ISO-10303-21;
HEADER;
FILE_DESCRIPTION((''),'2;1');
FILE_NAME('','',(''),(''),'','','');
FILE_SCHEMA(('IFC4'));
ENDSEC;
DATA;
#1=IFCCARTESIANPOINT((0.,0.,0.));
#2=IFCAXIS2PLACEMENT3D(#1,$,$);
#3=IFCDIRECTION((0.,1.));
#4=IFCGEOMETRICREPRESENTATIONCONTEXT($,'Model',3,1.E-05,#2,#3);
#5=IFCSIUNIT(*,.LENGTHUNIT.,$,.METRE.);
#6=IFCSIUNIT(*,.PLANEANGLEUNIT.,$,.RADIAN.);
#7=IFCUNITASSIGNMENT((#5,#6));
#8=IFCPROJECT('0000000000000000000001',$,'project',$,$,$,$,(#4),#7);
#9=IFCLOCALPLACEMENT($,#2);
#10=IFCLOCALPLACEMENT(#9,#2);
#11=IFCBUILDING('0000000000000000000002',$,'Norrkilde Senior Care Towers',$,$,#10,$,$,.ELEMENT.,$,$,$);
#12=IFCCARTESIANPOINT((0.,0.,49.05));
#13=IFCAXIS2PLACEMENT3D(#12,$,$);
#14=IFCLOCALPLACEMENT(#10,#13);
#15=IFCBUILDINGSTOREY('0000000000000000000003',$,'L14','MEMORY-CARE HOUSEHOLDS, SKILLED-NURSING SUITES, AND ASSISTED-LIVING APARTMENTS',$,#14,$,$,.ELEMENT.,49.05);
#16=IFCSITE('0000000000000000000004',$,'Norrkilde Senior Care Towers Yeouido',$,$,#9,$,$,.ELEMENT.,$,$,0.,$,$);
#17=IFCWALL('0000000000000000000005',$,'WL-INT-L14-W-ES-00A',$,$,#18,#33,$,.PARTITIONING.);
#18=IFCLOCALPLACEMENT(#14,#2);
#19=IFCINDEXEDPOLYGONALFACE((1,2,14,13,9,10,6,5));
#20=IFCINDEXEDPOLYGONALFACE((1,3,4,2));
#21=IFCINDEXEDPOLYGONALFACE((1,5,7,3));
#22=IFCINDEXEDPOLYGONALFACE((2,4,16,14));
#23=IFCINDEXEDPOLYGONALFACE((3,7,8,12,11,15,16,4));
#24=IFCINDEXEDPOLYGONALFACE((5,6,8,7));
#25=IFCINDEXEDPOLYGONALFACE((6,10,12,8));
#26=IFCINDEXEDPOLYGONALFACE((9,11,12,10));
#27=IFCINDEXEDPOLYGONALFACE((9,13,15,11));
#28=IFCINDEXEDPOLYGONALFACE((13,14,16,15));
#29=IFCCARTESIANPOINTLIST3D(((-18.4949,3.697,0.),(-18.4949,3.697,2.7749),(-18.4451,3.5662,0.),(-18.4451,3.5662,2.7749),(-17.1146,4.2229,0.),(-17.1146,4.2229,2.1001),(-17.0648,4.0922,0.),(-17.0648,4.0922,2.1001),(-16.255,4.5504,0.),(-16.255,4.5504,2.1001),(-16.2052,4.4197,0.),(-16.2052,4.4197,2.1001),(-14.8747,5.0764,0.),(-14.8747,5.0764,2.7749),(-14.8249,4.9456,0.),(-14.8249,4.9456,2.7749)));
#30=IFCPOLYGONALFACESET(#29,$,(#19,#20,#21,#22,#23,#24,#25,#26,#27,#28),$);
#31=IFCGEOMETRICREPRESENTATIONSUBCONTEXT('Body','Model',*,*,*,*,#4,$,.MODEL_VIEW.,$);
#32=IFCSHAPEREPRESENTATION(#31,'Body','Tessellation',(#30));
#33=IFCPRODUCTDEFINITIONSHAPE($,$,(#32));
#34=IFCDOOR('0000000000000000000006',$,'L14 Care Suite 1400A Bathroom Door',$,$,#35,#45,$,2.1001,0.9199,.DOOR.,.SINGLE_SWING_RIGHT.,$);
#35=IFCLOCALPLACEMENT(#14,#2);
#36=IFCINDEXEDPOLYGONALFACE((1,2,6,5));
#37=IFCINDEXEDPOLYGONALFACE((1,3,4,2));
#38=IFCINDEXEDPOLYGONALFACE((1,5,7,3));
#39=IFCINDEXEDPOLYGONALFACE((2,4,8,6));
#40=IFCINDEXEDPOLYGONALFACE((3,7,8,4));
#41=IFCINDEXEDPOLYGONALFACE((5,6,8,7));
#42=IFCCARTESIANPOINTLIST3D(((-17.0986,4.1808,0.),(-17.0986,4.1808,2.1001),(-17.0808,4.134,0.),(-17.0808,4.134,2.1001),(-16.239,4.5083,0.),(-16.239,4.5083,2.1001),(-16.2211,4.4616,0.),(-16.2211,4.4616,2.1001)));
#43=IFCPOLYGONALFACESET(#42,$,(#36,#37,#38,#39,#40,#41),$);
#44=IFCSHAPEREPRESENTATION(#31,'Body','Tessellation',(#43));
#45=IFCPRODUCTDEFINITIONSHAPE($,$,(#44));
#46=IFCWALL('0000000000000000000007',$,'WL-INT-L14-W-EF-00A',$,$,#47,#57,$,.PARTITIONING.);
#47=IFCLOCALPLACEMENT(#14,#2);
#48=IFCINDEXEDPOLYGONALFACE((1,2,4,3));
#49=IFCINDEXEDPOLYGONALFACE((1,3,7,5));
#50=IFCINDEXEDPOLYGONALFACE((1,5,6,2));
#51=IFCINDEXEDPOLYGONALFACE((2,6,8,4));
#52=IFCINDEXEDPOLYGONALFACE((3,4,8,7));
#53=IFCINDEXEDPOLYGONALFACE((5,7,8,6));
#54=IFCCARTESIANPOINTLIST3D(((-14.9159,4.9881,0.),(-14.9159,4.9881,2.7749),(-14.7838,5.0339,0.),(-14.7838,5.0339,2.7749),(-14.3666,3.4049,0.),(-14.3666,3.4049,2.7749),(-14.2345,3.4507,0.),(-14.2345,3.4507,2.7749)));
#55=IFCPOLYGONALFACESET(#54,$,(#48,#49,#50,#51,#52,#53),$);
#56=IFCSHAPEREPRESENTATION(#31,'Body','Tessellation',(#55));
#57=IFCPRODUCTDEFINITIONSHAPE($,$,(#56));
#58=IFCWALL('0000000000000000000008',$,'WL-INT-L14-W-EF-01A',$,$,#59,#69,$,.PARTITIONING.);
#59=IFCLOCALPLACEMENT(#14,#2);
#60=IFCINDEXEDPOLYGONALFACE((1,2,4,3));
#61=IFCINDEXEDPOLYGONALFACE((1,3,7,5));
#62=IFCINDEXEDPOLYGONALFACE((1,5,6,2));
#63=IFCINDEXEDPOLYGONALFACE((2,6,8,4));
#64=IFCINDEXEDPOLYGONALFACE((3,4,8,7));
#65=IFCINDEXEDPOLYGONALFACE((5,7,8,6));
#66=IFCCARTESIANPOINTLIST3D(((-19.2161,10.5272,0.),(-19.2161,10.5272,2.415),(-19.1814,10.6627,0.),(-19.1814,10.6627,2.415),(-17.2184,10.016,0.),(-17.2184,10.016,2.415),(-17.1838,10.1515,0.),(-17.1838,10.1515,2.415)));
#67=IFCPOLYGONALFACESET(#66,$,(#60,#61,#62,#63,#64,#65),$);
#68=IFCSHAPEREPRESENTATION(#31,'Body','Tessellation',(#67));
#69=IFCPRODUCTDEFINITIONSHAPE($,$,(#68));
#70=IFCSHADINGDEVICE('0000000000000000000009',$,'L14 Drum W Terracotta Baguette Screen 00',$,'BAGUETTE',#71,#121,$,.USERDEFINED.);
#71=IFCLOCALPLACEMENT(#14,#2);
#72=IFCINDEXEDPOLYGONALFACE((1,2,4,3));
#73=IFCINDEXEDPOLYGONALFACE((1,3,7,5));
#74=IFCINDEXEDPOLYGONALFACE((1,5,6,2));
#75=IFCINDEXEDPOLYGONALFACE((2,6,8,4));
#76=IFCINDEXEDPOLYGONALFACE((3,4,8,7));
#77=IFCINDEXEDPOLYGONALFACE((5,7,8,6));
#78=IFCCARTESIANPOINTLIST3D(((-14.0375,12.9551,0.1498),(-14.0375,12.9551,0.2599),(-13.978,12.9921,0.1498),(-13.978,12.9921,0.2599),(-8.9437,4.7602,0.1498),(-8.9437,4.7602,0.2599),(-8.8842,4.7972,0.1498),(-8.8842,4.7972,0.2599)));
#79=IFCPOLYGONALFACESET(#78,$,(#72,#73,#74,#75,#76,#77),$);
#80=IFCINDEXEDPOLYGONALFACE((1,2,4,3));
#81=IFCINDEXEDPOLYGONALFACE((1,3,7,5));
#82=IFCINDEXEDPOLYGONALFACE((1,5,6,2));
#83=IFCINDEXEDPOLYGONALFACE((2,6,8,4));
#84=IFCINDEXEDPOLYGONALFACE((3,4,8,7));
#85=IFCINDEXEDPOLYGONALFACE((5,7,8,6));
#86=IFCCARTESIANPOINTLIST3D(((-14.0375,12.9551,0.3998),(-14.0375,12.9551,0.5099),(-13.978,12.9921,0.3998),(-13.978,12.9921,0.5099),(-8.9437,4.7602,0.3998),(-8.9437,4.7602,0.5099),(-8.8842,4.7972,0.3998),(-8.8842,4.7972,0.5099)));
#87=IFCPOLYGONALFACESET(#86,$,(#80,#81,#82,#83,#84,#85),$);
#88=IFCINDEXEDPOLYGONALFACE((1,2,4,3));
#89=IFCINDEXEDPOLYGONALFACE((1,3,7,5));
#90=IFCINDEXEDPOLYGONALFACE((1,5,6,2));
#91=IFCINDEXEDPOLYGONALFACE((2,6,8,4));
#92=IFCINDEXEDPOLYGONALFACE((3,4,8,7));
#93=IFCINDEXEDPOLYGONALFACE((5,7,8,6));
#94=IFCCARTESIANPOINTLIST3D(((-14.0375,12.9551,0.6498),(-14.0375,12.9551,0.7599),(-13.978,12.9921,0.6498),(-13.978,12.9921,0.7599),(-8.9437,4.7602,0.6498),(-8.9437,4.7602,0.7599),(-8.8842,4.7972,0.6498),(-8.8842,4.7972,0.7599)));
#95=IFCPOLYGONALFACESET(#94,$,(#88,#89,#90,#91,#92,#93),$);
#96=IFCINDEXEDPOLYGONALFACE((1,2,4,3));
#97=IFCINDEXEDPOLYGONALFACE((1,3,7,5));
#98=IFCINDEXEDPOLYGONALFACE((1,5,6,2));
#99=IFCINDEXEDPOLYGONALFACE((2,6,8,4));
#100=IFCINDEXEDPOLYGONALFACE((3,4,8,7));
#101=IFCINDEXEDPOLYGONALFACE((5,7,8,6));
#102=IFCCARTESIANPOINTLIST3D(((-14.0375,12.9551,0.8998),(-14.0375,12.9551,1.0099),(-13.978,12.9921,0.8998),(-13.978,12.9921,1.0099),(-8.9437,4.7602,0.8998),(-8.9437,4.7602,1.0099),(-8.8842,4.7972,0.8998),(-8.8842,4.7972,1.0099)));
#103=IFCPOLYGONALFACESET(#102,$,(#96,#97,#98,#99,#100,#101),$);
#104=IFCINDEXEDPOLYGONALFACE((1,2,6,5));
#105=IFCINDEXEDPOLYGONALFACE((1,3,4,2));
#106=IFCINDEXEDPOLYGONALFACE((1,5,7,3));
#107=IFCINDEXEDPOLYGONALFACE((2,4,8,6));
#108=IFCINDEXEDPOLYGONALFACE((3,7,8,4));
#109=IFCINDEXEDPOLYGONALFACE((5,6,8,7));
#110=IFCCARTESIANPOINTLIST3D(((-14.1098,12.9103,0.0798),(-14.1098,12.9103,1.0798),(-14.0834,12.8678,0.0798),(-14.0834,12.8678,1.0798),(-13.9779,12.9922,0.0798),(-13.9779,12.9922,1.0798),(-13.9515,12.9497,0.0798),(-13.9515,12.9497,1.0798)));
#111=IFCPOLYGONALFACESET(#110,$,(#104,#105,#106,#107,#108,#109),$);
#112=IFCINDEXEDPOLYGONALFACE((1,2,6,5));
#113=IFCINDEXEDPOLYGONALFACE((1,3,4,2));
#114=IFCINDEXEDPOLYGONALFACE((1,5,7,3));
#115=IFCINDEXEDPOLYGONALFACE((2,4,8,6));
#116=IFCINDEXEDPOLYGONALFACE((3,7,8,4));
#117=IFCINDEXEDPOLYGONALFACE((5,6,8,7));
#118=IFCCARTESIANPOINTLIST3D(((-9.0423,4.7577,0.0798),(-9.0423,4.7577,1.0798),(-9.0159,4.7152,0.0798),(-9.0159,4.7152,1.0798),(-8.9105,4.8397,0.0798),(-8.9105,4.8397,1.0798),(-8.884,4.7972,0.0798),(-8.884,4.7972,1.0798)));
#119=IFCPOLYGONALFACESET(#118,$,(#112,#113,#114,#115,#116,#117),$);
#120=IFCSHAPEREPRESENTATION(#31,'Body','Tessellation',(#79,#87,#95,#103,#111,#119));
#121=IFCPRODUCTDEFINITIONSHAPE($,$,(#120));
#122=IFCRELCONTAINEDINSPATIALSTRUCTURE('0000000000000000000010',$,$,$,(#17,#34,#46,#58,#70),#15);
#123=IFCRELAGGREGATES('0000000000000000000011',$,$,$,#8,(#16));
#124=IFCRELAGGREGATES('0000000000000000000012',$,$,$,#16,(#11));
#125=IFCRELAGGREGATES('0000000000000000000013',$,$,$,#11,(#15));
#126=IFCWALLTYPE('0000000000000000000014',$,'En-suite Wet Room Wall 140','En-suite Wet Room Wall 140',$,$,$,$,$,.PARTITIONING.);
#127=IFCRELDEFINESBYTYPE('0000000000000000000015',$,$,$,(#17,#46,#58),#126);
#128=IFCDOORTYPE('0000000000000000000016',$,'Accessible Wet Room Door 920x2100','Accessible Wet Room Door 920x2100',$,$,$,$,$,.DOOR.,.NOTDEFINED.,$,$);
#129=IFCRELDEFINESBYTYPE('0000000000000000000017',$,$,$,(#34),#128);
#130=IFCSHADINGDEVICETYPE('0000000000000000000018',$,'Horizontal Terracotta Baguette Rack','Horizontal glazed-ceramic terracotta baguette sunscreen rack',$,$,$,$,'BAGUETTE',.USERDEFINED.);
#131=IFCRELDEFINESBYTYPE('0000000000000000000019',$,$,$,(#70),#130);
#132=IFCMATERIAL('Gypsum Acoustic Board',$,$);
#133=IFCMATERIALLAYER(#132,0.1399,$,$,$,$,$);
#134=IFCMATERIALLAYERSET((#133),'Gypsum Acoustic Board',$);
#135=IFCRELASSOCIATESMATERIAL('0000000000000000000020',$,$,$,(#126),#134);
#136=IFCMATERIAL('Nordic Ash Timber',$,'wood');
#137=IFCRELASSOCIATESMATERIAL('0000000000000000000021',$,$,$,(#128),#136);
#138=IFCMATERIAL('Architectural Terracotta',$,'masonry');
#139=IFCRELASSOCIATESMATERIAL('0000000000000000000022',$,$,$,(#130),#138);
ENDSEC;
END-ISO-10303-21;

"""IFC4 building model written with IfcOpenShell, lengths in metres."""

from ifc_helpers import new_model, si_unit, direction, frame, frame_2d, origin, origin_2d, place, context, subcontext, project, spatial, rectangle, extrude, source, transform, mapped, material, layer, layer_set, type_object, type_shapes, element, fill, save


model = new_model("IFC4")

# Units and contexts
model_context = context("Model", 3, precision=1e-05, world=origin(), true_north=direction((0.0, 1.0)))
body_context = subcontext(model_context, "Body", "Model", "MODEL_VIEW")
ifc_project = project(units=[si_unit("LENGTHUNIT", "METRE"), si_unit("PLANEANGLEUNIT", "RADIAN")], contexts=[model_context])

# Site, building, storey
site_placement = place(None, origin())
site = spatial("IfcSite", under=ifc_project, at=site_placement, Name="Norrkilde Senior Care Towers Yeouido", CompositionType="ELEMENT", RefElevation=0.0)
building_placement = place(site_placement, origin())
building = spatial("IfcBuilding", under=site, at=building_placement, Name="Norrkilde Senior Care Towers", CompositionType="ELEMENT")
storey_placement = place(building_placement, frame((0.0, 0.0, 49.05)))
storey = spatial("IfcBuildingStorey", under=building, at=storey_placement, Name="L14", Description="MEMORY-CARE HOUSEHOLDS, SKILLED-NURSING SUITES, AND ASSISTED-LIVING APARTMENTS", CompositionType="ELEMENT", Elevation=49.05)

# Shared definitions
ifc_material_1 = material(Name="Gypsum Acoustic Board")
ifc_material_2 = material(Name="Nordic Ash Timber", Category="wood")

# Wall, opening, door
ifc_layer_1 = layer(ifc_material_1, 0.1399)
ifc_layer_set_1 = layer_set([ifc_layer_1], Name="Gypsum Acoustic Board")
wall_type_1 = type_object("IfcWallType", Name="En-suite Wet Room Wall 140", Description="En-suite Wet Room Wall 140", PredefinedType="PARTITIONING", material=ifc_layer_set_1)
shared_shape_1 = source(origin(), body_context, "Body", "SweptSolid", [
    extrude(rectangle(XDim=3.874, YDim=0.1399, at=frame_2d((1.937, 0.0))), origin(), (0.0, 0.0, 1.0), 2.7749),
])
wall_1_placement = place(storey_placement, frame((-18.47, 3.6316, 0.0), z_axis=(0.0, 0.0, 1.0), x_axis=(0.934462, 0.356063, 0.0)))
wall_1 = element("IfcWall", 1, at=wall_1_placement, inside=storey, type_object=wall_type_1, Name="WL-INT-L14-W-ES-00A", PredefinedType="PARTITIONING", context=body_context, shape_type="MappedRepresentation", body=[
    mapped(shared_shape_1, transform((0.0, 0.0, 0.0), x_axis=(1.0, 0.0, 0.0), y_axis=(0.0, 1.0, 0.0), z_axis=(0.0, 0.0, 1.0), scale=1.0)),
])
opening_1_placement = place(wall_1_placement, frame((1.4771, 0.0, 0.0)))
opening_1 = element("IfcOpeningElement", 2, at=opening_1_placement, cuts=wall_1, PredefinedType="OPENING", context=body_context, shape_type="SweptSolid", body=[
    extrude(rectangle(XDim=0.9199, YDim=2.1001, at=frame_2d((0.46, 1.05))), frame((0.0, 0.0798, 0.0), z_axis=(0.0, -1.0, 0.0), x_axis=(1.0, 0.0, 0.0)), (0.0, 0.0, 1.0), 0.1599),
])
door_type_1 = type_object("IfcDoorType", Name="Accessible Wet Room Door 920x2100", Description="Accessible Wet Room Door 920x2100", OperationType="NOTDEFINED", PredefinedType="DOOR", material=ifc_material_2)
shared_shape_2 = source(origin(), body_context, "Body", "SweptSolid", [
    extrude(rectangle(XDim=0.9199, YDim=2.1001, at=frame_2d((0.46, 1.05))), frame((0.0, 0.0249, 0.0), z_axis=(0.0, -1.0, 0.0), x_axis=(1.0, 0.0, 0.0)), (0.0, 0.0, 1.0), 0.05),
])
type_shapes(door_type_1, [shared_shape_2])
door_1_placement = place(opening_1_placement, origin())
door_1 = element("IfcDoor", 3, at=door_1_placement, inside=storey, type_object=door_type_1, Name="L14 Care Suite 1400A Bathroom Door", OperationType="SINGLE_SWING_RIGHT", OverallHeight=2.1001, OverallWidth=0.9199, PredefinedType="DOOR", context=body_context, shape_type="MappedRepresentation", body=[
    mapped(shared_shape_2, transform((0.0, 0.0, 0.0), x_axis=(1.0, 0.0, 0.0), y_axis=(0.0, 1.0, 0.0), z_axis=(0.0, 0.0, 1.0), scale=1.0)),
])
fill(opening_1, door_1)

# Walls
shared_shape_3 = source(origin(), body_context, "Body", "SweptSolid", [
    extrude(rectangle(XDim=1.6758, YDim=0.1399, at=frame_2d((0.8379, 0.0))), origin(), (0.0, 0.0, 1.0), 2.7749),
])
wall_2_placement = place(storey_placement, frame((-14.8499, 5.011, 0.0), z_axis=(0.0, 0.0, 1.0), x_axis=(0.327786, -0.944752, 0.0)))
element("IfcWall", 4, at=wall_2_placement, inside=storey, type_object=wall_type_1, Name="WL-INT-L14-W-EF-00A", PredefinedType="PARTITIONING", context=body_context, shape_type="MappedRepresentation", body=[
    mapped(shared_shape_3, transform((0.0, 0.0, 0.0), x_axis=(1.0, 0.0, 0.0), y_axis=(0.0, 1.0, 0.0), z_axis=(0.0, 0.0, 1.0), scale=1.0)),
])
shared_shape_4 = source(origin(), body_context, "Body", "SweptSolid", [
    extrude(rectangle(XDim=2.062, YDim=0.1399, at=frame_2d((1.031, 0.0))), origin(), (0.0, 0.0, 1.0), 2.415),
])
type_shapes(wall_type_1, [shared_shape_1, shared_shape_3, shared_shape_4])
wall_3_placement = place(storey_placement, frame((-19.1987, 10.595, 0.0), z_axis=(0.0, 0.0, 1.0), x_axis=(0.968776, -0.247937, 0.0)))
element("IfcWall", 5, at=wall_3_placement, inside=storey, type_object=wall_type_1, Name="WL-INT-L14-W-EF-01A", PredefinedType="PARTITIONING", context=body_context, shape_type="MappedRepresentation", body=[
    mapped(shared_shape_4, transform((0.0, 0.0, 0.0), x_axis=(1.0, 0.0, 0.0), y_axis=(0.0, 1.0, 0.0), z_axis=(0.0, 0.0, 1.0), scale=1.0)),
])

# Shading device
ifc_material_3 = material(Name="Architectural Terracotta", Category="masonry")
shading_device_type = type_object("IfcShadingDeviceType", Name="Horizontal Terracotta Baguette Rack", Description="Horizontal glazed-ceramic terracotta baguette sunscreen rack", ElementType="BAGUETTE", PredefinedType="USERDEFINED", material=ifc_material_3)
shared_shape_5 = source(origin(), body_context, "Body", "SweptSolid", [
    extrude(rectangle(XDim=0.0701, YDim=0.1101, at=origin_2d()), frame((0.0, 0.0901, 0.125), z_axis=(1.0, 0.0, 0.0), x_axis=(0.0, 1.0, 0.0)), (0.0, 0.0, 1.0), 9.6489),
    extrude(rectangle(XDim=0.0701, YDim=0.1101, at=origin_2d()), frame((0.0, 0.0901, 0.375), z_axis=(1.0, 0.0, 0.0), x_axis=(0.0, 1.0, 0.0)), (0.0, 0.0, 1.0), 9.6489),
    extrude(rectangle(XDim=0.0701, YDim=0.1101, at=origin_2d()), frame((0.0, 0.0901, 0.625), z_axis=(1.0, 0.0, 0.0), x_axis=(0.0, 1.0, 0.0)), (0.0, 0.0, 1.0), 9.6489),
    extrude(rectangle(XDim=0.0701, YDim=0.1101, at=origin_2d()), frame((0.0, 0.0901, 0.875), z_axis=(1.0, 0.0, 0.0), x_axis=(0.0, 1.0, 0.0)), (0.0, 0.0, 1.0), 9.6489),
    extrude(rectangle(XDim=0.05, YDim=0.1553, at=origin_2d()), frame((0.0249, 0.0476, 0.0)), (0.0, 0.0, 1.0), 1.0),
    extrude(rectangle(XDim=0.05, YDim=0.1553, at=origin_2d()), frame((9.624, 0.0476, 0.0)), (0.0, 0.0, 1.0), 1.0),
])
type_shapes(shading_device_type, [shared_shape_5])
shading_device_placement = place(storey_placement, frame((-14.0842, 12.926, 0.0798), z_axis=(0.0, 0.0, 1.0), x_axis=(0.527909, -0.849299, 0.0)))
element("IfcShadingDevice", 6, at=shading_device_placement, inside=storey, type_object=shading_device_type, Name="L14 Drum W Terracotta Baguette Screen 00", ObjectType="BAGUETTE", PredefinedType="USERDEFINED", context=body_context, shape_type="MappedRepresentation", body=[
    mapped(shared_shape_5, transform((0.0, 0.0, 0.0), x_axis=(1.0, 0.0, 0.0), y_axis=(0.0, 1.0, 0.0), z_axis=(0.0, 0.0, 1.0), scale=1.0)),
])

save(model, "model.ifc")
